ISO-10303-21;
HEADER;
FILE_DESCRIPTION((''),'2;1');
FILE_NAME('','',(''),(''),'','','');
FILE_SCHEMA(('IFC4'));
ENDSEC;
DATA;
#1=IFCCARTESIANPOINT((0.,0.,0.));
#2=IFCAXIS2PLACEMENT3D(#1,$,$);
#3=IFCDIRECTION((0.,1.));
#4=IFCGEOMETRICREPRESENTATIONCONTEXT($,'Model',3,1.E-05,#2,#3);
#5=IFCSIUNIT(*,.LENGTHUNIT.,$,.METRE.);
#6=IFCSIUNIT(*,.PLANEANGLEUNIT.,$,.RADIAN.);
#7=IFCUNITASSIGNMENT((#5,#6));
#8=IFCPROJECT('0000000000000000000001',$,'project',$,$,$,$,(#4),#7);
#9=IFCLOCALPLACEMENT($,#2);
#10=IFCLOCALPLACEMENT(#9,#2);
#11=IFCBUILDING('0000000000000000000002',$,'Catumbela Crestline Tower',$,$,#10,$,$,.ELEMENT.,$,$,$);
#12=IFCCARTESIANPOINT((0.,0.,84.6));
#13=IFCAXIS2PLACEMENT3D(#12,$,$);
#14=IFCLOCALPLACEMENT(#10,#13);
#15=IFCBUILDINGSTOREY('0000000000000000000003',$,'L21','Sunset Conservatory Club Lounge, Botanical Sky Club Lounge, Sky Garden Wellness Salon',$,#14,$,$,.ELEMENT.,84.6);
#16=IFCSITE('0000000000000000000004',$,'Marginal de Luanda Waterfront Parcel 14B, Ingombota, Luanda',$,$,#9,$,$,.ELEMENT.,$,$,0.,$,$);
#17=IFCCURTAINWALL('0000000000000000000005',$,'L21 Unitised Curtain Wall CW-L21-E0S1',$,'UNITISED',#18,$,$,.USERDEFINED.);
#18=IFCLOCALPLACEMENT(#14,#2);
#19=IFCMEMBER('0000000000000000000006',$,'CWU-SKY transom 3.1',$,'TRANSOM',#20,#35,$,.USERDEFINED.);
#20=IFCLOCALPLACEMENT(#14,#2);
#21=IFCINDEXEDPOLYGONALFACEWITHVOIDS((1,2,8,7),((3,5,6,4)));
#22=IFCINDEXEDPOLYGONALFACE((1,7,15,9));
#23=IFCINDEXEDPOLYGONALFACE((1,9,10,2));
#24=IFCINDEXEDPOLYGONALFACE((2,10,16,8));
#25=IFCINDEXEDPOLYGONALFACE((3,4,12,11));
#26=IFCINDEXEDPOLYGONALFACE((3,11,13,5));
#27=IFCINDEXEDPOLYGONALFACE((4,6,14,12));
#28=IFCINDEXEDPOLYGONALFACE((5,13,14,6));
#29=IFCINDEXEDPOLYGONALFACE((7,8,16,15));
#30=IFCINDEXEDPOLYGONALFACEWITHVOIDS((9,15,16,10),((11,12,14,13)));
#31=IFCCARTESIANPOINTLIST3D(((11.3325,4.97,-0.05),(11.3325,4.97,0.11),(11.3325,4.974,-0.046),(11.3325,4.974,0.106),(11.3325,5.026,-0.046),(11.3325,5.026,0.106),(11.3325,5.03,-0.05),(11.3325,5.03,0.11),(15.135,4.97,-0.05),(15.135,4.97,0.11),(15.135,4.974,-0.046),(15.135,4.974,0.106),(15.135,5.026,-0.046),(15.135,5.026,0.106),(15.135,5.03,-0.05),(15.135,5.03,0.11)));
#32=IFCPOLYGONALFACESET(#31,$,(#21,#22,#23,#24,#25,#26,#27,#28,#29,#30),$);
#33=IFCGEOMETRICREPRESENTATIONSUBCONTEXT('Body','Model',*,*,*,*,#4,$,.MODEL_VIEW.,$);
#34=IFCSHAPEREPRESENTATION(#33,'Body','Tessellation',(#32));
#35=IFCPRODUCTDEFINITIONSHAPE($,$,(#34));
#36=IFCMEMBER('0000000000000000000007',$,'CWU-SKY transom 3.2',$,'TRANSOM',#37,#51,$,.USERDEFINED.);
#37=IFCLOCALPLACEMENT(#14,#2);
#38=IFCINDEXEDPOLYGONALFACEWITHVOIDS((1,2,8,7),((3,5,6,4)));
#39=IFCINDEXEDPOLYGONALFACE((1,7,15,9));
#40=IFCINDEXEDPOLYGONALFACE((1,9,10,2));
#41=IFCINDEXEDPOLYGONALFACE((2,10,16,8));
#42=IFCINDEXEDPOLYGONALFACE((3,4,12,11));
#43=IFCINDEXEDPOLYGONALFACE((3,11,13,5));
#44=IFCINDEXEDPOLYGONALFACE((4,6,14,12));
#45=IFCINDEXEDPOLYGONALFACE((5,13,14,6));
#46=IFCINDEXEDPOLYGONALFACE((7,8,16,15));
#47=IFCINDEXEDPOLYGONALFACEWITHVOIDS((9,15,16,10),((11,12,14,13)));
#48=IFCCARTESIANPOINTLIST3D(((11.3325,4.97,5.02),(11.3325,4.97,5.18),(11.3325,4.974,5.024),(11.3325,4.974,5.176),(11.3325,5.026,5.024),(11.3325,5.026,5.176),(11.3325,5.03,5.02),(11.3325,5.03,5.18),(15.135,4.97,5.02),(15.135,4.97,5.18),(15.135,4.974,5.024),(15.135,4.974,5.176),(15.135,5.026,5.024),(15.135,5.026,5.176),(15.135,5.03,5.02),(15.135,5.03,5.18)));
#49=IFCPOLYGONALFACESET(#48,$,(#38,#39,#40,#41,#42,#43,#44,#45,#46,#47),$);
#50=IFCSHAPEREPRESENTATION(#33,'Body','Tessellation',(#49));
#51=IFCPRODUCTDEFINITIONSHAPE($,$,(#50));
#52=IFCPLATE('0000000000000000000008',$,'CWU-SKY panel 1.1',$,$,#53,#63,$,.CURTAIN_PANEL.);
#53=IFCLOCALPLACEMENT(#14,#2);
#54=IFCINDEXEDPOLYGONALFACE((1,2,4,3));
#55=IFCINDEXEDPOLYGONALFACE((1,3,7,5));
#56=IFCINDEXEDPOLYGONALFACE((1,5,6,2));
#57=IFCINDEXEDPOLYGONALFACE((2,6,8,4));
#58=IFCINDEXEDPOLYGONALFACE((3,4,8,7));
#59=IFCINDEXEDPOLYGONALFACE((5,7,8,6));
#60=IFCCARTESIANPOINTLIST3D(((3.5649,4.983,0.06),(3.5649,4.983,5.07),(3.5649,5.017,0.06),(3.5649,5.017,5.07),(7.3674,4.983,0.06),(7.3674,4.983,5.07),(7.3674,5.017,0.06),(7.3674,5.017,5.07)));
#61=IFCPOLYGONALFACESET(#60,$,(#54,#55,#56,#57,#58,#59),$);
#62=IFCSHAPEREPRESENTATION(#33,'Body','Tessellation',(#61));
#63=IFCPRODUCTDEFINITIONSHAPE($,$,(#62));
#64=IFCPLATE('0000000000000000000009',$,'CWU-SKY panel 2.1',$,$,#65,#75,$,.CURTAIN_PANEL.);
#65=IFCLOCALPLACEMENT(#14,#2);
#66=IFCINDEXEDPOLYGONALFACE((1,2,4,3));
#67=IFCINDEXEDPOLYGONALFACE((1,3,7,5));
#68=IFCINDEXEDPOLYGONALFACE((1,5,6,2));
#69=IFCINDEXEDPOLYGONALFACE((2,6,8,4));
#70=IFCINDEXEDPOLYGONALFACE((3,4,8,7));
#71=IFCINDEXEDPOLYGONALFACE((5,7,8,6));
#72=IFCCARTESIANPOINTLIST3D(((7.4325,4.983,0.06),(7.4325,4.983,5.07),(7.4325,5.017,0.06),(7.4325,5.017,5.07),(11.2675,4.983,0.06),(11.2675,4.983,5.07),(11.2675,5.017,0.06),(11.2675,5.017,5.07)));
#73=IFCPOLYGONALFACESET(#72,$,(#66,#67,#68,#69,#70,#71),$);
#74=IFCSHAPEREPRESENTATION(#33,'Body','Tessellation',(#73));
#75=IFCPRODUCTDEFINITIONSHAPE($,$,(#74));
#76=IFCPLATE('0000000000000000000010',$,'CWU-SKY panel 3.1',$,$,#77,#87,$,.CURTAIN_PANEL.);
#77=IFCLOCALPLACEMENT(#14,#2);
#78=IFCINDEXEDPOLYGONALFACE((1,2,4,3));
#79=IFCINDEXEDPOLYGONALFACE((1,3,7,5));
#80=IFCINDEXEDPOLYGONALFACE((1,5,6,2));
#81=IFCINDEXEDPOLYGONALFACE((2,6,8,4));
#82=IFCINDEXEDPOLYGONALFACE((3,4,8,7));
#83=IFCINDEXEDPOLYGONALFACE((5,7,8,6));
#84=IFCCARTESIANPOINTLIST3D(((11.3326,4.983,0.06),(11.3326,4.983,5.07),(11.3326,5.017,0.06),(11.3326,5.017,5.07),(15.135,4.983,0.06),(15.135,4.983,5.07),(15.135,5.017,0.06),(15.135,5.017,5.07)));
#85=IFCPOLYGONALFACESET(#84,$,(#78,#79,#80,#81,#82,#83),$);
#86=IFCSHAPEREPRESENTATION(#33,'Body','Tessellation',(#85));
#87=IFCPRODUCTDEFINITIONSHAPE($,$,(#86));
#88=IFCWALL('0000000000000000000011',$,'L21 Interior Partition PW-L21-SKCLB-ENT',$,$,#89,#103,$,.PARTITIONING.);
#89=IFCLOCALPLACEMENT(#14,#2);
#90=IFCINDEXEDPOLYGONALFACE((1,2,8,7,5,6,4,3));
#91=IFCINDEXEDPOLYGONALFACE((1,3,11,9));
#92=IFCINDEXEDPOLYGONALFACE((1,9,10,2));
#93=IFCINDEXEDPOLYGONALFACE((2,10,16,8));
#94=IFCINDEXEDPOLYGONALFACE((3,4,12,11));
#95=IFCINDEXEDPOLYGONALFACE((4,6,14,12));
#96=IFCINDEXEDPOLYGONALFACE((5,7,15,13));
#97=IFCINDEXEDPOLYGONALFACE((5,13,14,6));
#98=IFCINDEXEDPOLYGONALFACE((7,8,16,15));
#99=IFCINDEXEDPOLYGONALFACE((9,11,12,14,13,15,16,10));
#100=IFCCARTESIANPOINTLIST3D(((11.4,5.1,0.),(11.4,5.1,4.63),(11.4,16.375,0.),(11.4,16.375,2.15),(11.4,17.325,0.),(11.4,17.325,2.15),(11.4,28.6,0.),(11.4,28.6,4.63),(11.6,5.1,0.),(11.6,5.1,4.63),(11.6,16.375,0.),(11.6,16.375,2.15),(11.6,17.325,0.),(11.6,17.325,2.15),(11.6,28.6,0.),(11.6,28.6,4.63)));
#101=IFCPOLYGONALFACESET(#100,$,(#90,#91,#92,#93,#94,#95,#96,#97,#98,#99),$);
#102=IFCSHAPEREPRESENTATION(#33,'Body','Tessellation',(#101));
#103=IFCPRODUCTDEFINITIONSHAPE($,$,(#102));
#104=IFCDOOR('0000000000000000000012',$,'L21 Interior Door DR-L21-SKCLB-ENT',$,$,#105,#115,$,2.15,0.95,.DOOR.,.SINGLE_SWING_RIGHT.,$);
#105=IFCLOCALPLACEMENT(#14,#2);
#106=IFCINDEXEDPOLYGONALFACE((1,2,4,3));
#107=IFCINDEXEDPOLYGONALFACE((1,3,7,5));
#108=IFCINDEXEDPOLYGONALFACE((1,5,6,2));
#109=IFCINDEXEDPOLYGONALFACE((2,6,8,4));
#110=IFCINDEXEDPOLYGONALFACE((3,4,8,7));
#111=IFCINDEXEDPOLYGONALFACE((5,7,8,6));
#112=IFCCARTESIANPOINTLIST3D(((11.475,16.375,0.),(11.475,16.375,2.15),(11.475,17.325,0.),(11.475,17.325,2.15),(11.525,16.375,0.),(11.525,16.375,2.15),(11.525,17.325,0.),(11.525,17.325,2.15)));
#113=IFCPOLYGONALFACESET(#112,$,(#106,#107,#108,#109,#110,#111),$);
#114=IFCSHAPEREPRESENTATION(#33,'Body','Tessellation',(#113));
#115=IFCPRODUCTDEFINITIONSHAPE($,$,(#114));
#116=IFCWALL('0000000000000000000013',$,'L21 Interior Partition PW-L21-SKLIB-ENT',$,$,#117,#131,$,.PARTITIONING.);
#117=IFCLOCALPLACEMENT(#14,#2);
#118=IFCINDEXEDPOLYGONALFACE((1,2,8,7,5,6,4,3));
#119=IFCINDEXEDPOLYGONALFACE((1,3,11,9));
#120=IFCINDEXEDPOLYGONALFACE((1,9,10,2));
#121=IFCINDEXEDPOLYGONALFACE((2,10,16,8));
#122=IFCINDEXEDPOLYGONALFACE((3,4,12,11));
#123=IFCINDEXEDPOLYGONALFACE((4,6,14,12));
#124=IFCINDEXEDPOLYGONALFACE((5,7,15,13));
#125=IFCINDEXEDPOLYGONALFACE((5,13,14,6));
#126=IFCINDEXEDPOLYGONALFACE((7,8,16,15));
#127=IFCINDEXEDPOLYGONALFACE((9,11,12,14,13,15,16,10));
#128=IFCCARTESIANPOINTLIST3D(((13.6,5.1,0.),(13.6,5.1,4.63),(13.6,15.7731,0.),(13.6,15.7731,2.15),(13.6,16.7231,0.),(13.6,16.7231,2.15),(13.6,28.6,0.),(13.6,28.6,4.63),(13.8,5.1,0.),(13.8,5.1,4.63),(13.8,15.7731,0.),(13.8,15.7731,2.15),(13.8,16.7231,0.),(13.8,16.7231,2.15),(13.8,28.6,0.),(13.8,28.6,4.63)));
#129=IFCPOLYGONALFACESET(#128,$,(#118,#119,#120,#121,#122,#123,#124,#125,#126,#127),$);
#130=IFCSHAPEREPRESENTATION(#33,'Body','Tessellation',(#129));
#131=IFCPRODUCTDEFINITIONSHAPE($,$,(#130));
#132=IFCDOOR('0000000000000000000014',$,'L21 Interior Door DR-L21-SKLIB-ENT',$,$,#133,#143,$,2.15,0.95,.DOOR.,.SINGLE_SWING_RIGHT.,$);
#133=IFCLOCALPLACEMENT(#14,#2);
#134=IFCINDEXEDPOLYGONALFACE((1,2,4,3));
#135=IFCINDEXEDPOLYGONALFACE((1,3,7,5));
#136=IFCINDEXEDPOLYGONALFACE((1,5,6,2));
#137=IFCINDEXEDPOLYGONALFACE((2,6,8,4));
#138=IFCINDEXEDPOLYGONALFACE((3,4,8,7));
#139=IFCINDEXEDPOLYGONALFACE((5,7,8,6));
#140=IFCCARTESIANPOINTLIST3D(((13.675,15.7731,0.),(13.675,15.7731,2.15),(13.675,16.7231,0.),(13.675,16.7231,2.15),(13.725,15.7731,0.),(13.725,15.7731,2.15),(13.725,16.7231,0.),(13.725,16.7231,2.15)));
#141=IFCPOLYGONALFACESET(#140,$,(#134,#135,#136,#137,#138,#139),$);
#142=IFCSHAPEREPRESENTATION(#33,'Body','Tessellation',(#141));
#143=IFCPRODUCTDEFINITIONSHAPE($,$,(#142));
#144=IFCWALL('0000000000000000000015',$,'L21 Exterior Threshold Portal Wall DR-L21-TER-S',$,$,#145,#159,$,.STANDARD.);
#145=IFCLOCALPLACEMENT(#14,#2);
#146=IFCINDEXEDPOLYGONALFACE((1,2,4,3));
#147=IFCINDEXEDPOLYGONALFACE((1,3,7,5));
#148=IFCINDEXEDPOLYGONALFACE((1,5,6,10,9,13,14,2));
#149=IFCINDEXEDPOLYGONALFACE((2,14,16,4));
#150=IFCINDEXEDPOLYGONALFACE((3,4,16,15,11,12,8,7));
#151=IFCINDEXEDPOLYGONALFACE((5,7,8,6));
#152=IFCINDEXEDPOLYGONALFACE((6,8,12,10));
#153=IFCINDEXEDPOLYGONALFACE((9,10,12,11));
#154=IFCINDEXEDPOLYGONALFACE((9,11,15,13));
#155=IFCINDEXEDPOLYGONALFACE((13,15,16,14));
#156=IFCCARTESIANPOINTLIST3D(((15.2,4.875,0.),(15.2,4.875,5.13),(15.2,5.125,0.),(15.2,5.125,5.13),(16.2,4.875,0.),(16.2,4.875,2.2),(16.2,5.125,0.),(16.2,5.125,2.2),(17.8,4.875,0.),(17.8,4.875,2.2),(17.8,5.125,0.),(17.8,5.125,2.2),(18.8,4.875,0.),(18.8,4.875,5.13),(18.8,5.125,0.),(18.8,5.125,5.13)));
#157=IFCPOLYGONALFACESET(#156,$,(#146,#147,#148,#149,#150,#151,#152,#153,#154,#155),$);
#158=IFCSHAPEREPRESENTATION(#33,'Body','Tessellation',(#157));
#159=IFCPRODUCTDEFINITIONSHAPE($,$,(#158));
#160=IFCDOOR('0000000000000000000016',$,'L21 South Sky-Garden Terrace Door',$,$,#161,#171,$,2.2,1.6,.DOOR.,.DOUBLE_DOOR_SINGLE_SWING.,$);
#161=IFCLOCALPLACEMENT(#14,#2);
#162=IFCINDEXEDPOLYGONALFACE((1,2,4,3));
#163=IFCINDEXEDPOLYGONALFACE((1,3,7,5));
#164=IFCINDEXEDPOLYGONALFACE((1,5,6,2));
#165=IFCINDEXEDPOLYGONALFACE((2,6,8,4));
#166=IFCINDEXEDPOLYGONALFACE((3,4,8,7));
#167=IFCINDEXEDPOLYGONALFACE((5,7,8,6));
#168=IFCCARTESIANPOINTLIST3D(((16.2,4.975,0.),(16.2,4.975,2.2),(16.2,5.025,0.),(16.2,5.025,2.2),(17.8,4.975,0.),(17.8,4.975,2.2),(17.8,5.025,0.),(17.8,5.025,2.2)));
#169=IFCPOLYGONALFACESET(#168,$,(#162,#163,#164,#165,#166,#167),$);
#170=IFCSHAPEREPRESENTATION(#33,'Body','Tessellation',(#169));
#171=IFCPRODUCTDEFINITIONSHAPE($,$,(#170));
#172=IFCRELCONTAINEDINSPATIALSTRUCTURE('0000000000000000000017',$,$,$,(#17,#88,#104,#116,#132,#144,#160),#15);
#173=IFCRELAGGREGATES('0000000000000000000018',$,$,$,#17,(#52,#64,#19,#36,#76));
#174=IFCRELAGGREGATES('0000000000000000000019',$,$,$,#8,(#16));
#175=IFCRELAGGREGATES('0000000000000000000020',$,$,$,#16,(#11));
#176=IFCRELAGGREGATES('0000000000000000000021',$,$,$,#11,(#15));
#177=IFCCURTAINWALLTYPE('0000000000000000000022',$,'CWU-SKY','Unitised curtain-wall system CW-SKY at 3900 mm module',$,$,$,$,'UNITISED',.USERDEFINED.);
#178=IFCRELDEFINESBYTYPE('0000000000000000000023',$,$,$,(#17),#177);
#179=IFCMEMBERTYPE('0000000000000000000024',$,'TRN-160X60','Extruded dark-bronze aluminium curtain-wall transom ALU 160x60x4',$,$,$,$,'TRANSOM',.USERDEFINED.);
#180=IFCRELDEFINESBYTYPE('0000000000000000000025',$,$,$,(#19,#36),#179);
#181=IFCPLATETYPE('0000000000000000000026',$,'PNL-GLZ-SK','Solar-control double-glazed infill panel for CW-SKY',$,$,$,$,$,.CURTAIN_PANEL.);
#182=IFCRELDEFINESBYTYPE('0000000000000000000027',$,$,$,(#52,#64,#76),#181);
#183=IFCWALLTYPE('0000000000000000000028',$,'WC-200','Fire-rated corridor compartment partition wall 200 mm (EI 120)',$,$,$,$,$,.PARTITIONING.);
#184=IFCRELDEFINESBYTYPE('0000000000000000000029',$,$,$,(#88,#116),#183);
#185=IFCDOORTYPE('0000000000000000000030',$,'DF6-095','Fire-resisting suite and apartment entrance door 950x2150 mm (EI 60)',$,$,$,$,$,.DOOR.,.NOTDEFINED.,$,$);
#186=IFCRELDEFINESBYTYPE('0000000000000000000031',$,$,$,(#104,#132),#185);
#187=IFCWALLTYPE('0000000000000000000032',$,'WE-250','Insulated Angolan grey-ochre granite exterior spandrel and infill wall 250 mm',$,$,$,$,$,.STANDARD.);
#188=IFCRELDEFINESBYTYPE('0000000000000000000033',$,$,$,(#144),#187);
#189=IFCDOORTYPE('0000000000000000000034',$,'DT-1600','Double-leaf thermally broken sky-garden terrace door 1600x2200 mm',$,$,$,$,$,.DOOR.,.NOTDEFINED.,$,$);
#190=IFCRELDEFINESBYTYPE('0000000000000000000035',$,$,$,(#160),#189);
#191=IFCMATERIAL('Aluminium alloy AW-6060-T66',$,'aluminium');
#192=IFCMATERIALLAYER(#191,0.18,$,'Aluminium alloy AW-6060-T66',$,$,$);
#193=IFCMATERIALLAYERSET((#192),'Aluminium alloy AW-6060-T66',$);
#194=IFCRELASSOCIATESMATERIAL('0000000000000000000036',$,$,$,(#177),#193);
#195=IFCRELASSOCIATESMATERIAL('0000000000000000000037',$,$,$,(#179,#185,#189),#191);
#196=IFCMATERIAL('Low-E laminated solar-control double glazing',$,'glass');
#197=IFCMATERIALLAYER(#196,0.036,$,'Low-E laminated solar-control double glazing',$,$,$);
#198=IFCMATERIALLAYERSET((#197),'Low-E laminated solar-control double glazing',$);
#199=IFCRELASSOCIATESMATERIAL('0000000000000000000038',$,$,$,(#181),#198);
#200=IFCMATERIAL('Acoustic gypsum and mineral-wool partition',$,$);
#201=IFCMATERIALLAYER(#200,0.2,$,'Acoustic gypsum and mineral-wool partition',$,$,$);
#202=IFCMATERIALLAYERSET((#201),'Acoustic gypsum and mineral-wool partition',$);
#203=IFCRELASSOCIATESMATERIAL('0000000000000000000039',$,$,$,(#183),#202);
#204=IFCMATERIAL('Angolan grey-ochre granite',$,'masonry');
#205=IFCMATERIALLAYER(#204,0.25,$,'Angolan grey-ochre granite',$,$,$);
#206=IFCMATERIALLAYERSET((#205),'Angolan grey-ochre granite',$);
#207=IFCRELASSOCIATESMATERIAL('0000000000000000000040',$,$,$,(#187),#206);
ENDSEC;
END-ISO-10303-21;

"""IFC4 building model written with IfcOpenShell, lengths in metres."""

from ifc_helpers import new_model, si_unit, direction, frame, frame_2d, origin, origin_2d, place, context, subcontext, project, spatial, rectangle, hollow_rectangle, extrude, material, layer, layer_set, material_profile, profile_set, type_object, element, fill, aggregate, save


model = new_model("IFC4")

# Units and contexts
model_context = context("Model", 3, precision=1e-05, world=origin(), true_north=direction((0.0, 1.0)))
body_context = subcontext(model_context, "Body", "Model", "MODEL_VIEW")
ifc_project = project(units=[si_unit("LENGTHUNIT", "METRE"), si_unit("PLANEANGLEUNIT", "RADIAN")], contexts=[model_context])

# Site, building, storey
site_placement = place(None, origin())
site = spatial("IfcSite", under=ifc_project, at=site_placement, Name="Marginal de Luanda Waterfront Parcel 14B, Ingombota, Luanda", CompositionType="ELEMENT", RefElevation=0.0)
building_placement = place(site_placement, origin())
building = spatial("IfcBuilding", under=site, at=building_placement, Name="Catumbela Crestline Tower", CompositionType="ELEMENT")
storey_placement = place(building_placement, frame((0.0, 0.0, 84.6)))
storey = spatial("IfcBuildingStorey", under=building, at=storey_placement, Name="L21", Description="Sunset Conservatory Club Lounge, Botanical Sky Club Lounge, Sky Garden Wellness Salon", CompositionType="ELEMENT", Elevation=84.6)

# Curtain wall, members, plates
ifc_material_1 = material(Name="Aluminium alloy AW-6060-T66", Category="aluminium")
ifc_layer_1 = layer(ifc_material_1, 0.18, Name="Aluminium alloy AW-6060-T66")
ifc_layer_set_1 = layer_set([ifc_layer_1], Name="Aluminium alloy AW-6060-T66")
curtain_wall_type = type_object("IfcCurtainWallType", Name="CWU-SKY", Description="Unitised curtain-wall system CW-SKY at 3900 mm module", ElementType="UNITISED", PredefinedType="USERDEFINED", material=ifc_layer_set_1)
curtain_wall_placement = place(storey_placement, origin())
curtain_wall = element("IfcCurtainWall", 1, at=curtain_wall_placement, inside=storey, type_object=curtain_wall_type, Name="L21 Unitised Curtain Wall CW-L21-E0S1", ObjectType="UNITISED", PredefinedType="USERDEFINED")
ifc_material_profile_1 = material_profile(ifc_material_1, hollow_rectangle(XDim=0.06, YDim=0.16, WallThickness=0.004, at=origin_2d()), Name="ALU 160x60x4")
ifc_profile_set_1 = profile_set([ifc_material_profile_1], Name="Aluminium alloy AW-6060-T66")
member_type_1 = type_object("IfcMemberType", Name="TRN-160X60", Description="Extruded dark-bronze aluminium curtain-wall transom ALU 160x60x4", ElementType="TRANSOM", PredefinedType="USERDEFINED", material=ifc_profile_set_1)
member_1_placement = place(storey_placement, frame((11.3325, 5.0, 0.03), z_axis=(1.0, 0.0, 0.0), x_axis=(0.0, 1.0, 0.0)))
member_1 = element("IfcMember", 2, at=member_1_placement, type_object=member_type_1, Name="CWU-SKY transom 3.1", ObjectType="TRANSOM", PredefinedType="USERDEFINED", context=body_context, shape_type="SweptSolid", body=[
    extrude(hollow_rectangle(XDim=0.06, YDim=0.16, WallThickness=0.004, at=origin_2d()), origin(), (0.0, 0.0, 1.0), 3.8025),
])
member_2_placement = place(storey_placement, frame((11.3325, 5.0, 5.1), z_axis=(1.0, 0.0, 0.0), x_axis=(0.0, 1.0, 0.0)))
member_2 = element("IfcMember", 3, at=member_2_placement, type_object=member_type_1, Name="CWU-SKY transom 3.2", ObjectType="TRANSOM", PredefinedType="USERDEFINED", context=body_context, shape_type="SweptSolid", body=[
    extrude(hollow_rectangle(XDim=0.06, YDim=0.16, WallThickness=0.004, at=origin_2d()), origin(), (0.0, 0.0, 1.0), 3.8025),
])
ifc_material_2 = material(Name="Low-E laminated solar-control double glazing", Category="glass")
ifc_layer_2 = layer(ifc_material_2, 0.036, Name="Low-E laminated solar-control double glazing")
ifc_layer_set_2 = layer_set([ifc_layer_2], Name="Low-E laminated solar-control double glazing")
plate_type = type_object("IfcPlateType", Name="PNL-GLZ-SK", Description="Solar-control double-glazed infill panel for CW-SKY", PredefinedType="CURTAIN_PANEL", material=ifc_layer_set_2)
plate_1_placement = place(storey_placement, frame((5.4662, 5.0, 0.06), z_axis=(0.0, 0.0, 1.0), x_axis=(1.0, 0.0, 0.0)))
plate_1 = element("IfcPlate", 4, at=plate_1_placement, type_object=plate_type, Name="CWU-SKY panel 1.1", PredefinedType="CURTAIN_PANEL", context=body_context, shape_type="SweptSolid", body=[
    extrude(rectangle(XDim=3.8025, YDim=0.034, at=origin_2d()), origin(), (0.0, 0.0, 1.0), 5.01),
])
plate_2_placement = place(storey_placement, frame((9.35, 5.0, 0.06), z_axis=(0.0, 0.0, 1.0), x_axis=(1.0, 0.0, 0.0)))
plate_2 = element("IfcPlate", 5, at=plate_2_placement, type_object=plate_type, Name="CWU-SKY panel 2.1", PredefinedType="CURTAIN_PANEL", context=body_context, shape_type="SweptSolid", body=[
    extrude(rectangle(XDim=3.835, YDim=0.034, at=origin_2d()), origin(), (0.0, 0.0, 1.0), 5.01),
])
plate_3_placement = place(storey_placement, frame((13.2338, 5.0, 0.06), z_axis=(0.0, 0.0, 1.0), x_axis=(1.0, 0.0, 0.0)))
plate_3 = element("IfcPlate", 6, at=plate_3_placement, type_object=plate_type, Name="CWU-SKY panel 3.1", PredefinedType="CURTAIN_PANEL", context=body_context, shape_type="SweptSolid", body=[
    extrude(rectangle(XDim=3.8025, YDim=0.034, at=origin_2d()), origin(), (0.0, 0.0, 1.0), 5.01),
])
aggregate(curtain_wall, [plate_1, plate_2, member_1, member_2, plate_3])

# Walls, openings, doors
ifc_material_3 = material(Name="Acoustic gypsum and mineral-wool partition")
ifc_layer_3 = layer(ifc_material_3, 0.2, Name="Acoustic gypsum and mineral-wool partition")
ifc_layer_set_3 = layer_set([ifc_layer_3], Name="Acoustic gypsum and mineral-wool partition")
wall_type_1 = type_object("IfcWallType", Name="WC-200", Description="Fire-rated corridor compartment partition wall 200 mm (EI 120)", PredefinedType="PARTITIONING", material=ifc_layer_set_3)
wall_1_placement = place(storey_placement, frame((11.5, 5.1, 0.0), z_axis=(0.0, 0.0, 1.0), x_axis=(0.0, 1.0, 0.0)))
wall_1 = element("IfcWall", 7, at=wall_1_placement, inside=storey, type_object=wall_type_1, Name="L21 Interior Partition PW-L21-SKCLB-ENT", PredefinedType="PARTITIONING", context=body_context, shape_type="SweptSolid", body=[
    extrude(rectangle(XDim=23.5, YDim=0.2, at=frame_2d((11.75, 0.0))), origin(), (0.0, 0.0, 1.0), 4.63),
])
opening_1_placement = place(wall_1_placement, frame((11.275, 0.0, 0.0)))
opening_1 = element("IfcOpeningElement", 8, at=opening_1_placement, cuts=wall_1, PredefinedType="OPENING", context=body_context, shape_type="SweptSolid", body=[
    extrude(rectangle(XDim=0.95, YDim=2.15, at=frame_2d((0.475, 1.075))), frame((0.0, 0.11, 0.0), z_axis=(0.0, -1.0, 0.0), x_axis=(1.0, 0.0, 0.0)), (0.0, 0.0, 1.0), 0.22),
])
door_type_1 = type_object("IfcDoorType", Name="DF6-095", Description="Fire-resisting suite and apartment entrance door 950x2150 mm (EI 60)", OperationType="NOTDEFINED", PredefinedType="DOOR", material=ifc_material_1)
door_1_placement = place(opening_1_placement, origin())
door_1 = element("IfcDoor", 9, at=door_1_placement, inside=storey, type_object=door_type_1, Name="L21 Interior Door DR-L21-SKCLB-ENT", OperationType="SINGLE_SWING_RIGHT", OverallHeight=2.15, OverallWidth=0.95, PredefinedType="DOOR", context=body_context, shape_type="SweptSolid", body=[
    extrude(rectangle(XDim=0.95, YDim=2.15, at=frame_2d((0.475, 1.075))), frame((0.0, 0.025, 0.0), z_axis=(0.0, -1.0, 0.0), x_axis=(1.0, 0.0, 0.0)), (0.0, 0.0, 1.0), 0.05),
])
fill(opening_1, door_1)
wall_2_placement = place(storey_placement, frame((13.7, 5.1, 0.0), z_axis=(0.0, 0.0, 1.0), x_axis=(0.0, 1.0, 0.0)))
wall_2 = element("IfcWall", 10, at=wall_2_placement, inside=storey, type_object=wall_type_1, Name="L21 Interior Partition PW-L21-SKLIB-ENT", PredefinedType="PARTITIONING", context=body_context, shape_type="SweptSolid", body=[
    extrude(rectangle(XDim=23.5, YDim=0.2, at=frame_2d((11.75, 0.0))), origin(), (0.0, 0.0, 1.0), 4.63),
])
opening_2_placement = place(wall_2_placement, frame((10.6731, 0.0, 0.0)))
opening_2 = element("IfcOpeningElement", 11, at=opening_2_placement, cuts=wall_2, PredefinedType="OPENING", context=body_context, shape_type="SweptSolid", body=[
    extrude(rectangle(XDim=0.95, YDim=2.15, at=frame_2d((0.475, 1.075))), frame((0.0, 0.11, 0.0), z_axis=(0.0, -1.0, 0.0), x_axis=(1.0, 0.0, 0.0)), (0.0, 0.0, 1.0), 0.22),
])
door_2_placement = place(opening_2_placement, origin())
door_2 = element("IfcDoor", 12, at=door_2_placement, inside=storey, type_object=door_type_1, Name="L21 Interior Door DR-L21-SKLIB-ENT", OperationType="SINGLE_SWING_RIGHT", OverallHeight=2.15, OverallWidth=0.95, PredefinedType="DOOR", context=body_context, shape_type="SweptSolid", body=[
    extrude(rectangle(XDim=0.95, YDim=2.15, at=frame_2d((0.475, 1.075))), frame((0.0, 0.025, 0.0), z_axis=(0.0, -1.0, 0.0), x_axis=(1.0, 0.0, 0.0)), (0.0, 0.0, 1.0), 0.05),
])
fill(opening_2, door_2)
ifc_material_4 = material(Name="Angolan grey-ochre granite", Category="masonry")
ifc_layer_4 = layer(ifc_material_4, 0.25, Name="Angolan grey-ochre granite")
ifc_layer_set_4 = layer_set([ifc_layer_4], Name="Angolan grey-ochre granite")
wall_type_2 = type_object("IfcWallType", Name="WE-250", Description="Insulated Angolan grey-ochre granite exterior spandrel and infill wall 250 mm", PredefinedType="STANDARD", material=ifc_layer_set_4)
wall_3_placement = place(storey_placement, frame((15.2, 5.0, 0.0), z_axis=(0.0, 0.0, 1.0), x_axis=(1.0, 0.0, 0.0)))
wall_3 = element("IfcWall", 13, at=wall_3_placement, inside=storey, type_object=wall_type_2, Name="L21 Exterior Threshold Portal Wall DR-L21-TER-S", PredefinedType="STANDARD", context=body_context, shape_type="SweptSolid", body=[
    extrude(rectangle(XDim=3.6, YDim=0.25, at=frame_2d((1.8, 0.0))), origin(), (0.0, 0.0, 1.0), 5.13),
])
opening_3_placement = place(wall_3_placement, frame((1.0, 0.0, 0.0)))
opening_3 = element("IfcOpeningElement", 14, at=opening_3_placement, cuts=wall_3, PredefinedType="OPENING", context=body_context, shape_type="SweptSolid", body=[
    extrude(rectangle(XDim=1.6, YDim=2.2, at=frame_2d((0.8, 1.1))), frame((0.0, 0.135, 0.0), z_axis=(0.0, -1.0, 0.0), x_axis=(1.0, 0.0, 0.0)), (0.0, 0.0, 1.0), 0.27),
])
door_type_2 = type_object("IfcDoorType", Name="DT-1600", Description="Double-leaf thermally broken sky-garden terrace door 1600x2200 mm", OperationType="NOTDEFINED", PredefinedType="DOOR", material=ifc_material_1)
door_3_placement = place(opening_3_placement, origin())
door_3 = element("IfcDoor", 15, at=door_3_placement, inside=storey, type_object=door_type_2, Name="L21 South Sky-Garden Terrace Door", OperationType="DOUBLE_DOOR_SINGLE_SWING", OverallHeight=2.2, OverallWidth=1.6, PredefinedType="DOOR", context=body_context, shape_type="SweptSolid", body=[
    extrude(rectangle(XDim=1.6, YDim=2.2, at=frame_2d((0.8, 1.1))), frame((0.0, 0.025, 0.0), z_axis=(0.0, -1.0, 0.0), x_axis=(1.0, 0.0, 0.0)), (0.0, 0.0, 1.0), 0.05),
])
fill(opening_3, door_3)

save(model, "model.ifc")
